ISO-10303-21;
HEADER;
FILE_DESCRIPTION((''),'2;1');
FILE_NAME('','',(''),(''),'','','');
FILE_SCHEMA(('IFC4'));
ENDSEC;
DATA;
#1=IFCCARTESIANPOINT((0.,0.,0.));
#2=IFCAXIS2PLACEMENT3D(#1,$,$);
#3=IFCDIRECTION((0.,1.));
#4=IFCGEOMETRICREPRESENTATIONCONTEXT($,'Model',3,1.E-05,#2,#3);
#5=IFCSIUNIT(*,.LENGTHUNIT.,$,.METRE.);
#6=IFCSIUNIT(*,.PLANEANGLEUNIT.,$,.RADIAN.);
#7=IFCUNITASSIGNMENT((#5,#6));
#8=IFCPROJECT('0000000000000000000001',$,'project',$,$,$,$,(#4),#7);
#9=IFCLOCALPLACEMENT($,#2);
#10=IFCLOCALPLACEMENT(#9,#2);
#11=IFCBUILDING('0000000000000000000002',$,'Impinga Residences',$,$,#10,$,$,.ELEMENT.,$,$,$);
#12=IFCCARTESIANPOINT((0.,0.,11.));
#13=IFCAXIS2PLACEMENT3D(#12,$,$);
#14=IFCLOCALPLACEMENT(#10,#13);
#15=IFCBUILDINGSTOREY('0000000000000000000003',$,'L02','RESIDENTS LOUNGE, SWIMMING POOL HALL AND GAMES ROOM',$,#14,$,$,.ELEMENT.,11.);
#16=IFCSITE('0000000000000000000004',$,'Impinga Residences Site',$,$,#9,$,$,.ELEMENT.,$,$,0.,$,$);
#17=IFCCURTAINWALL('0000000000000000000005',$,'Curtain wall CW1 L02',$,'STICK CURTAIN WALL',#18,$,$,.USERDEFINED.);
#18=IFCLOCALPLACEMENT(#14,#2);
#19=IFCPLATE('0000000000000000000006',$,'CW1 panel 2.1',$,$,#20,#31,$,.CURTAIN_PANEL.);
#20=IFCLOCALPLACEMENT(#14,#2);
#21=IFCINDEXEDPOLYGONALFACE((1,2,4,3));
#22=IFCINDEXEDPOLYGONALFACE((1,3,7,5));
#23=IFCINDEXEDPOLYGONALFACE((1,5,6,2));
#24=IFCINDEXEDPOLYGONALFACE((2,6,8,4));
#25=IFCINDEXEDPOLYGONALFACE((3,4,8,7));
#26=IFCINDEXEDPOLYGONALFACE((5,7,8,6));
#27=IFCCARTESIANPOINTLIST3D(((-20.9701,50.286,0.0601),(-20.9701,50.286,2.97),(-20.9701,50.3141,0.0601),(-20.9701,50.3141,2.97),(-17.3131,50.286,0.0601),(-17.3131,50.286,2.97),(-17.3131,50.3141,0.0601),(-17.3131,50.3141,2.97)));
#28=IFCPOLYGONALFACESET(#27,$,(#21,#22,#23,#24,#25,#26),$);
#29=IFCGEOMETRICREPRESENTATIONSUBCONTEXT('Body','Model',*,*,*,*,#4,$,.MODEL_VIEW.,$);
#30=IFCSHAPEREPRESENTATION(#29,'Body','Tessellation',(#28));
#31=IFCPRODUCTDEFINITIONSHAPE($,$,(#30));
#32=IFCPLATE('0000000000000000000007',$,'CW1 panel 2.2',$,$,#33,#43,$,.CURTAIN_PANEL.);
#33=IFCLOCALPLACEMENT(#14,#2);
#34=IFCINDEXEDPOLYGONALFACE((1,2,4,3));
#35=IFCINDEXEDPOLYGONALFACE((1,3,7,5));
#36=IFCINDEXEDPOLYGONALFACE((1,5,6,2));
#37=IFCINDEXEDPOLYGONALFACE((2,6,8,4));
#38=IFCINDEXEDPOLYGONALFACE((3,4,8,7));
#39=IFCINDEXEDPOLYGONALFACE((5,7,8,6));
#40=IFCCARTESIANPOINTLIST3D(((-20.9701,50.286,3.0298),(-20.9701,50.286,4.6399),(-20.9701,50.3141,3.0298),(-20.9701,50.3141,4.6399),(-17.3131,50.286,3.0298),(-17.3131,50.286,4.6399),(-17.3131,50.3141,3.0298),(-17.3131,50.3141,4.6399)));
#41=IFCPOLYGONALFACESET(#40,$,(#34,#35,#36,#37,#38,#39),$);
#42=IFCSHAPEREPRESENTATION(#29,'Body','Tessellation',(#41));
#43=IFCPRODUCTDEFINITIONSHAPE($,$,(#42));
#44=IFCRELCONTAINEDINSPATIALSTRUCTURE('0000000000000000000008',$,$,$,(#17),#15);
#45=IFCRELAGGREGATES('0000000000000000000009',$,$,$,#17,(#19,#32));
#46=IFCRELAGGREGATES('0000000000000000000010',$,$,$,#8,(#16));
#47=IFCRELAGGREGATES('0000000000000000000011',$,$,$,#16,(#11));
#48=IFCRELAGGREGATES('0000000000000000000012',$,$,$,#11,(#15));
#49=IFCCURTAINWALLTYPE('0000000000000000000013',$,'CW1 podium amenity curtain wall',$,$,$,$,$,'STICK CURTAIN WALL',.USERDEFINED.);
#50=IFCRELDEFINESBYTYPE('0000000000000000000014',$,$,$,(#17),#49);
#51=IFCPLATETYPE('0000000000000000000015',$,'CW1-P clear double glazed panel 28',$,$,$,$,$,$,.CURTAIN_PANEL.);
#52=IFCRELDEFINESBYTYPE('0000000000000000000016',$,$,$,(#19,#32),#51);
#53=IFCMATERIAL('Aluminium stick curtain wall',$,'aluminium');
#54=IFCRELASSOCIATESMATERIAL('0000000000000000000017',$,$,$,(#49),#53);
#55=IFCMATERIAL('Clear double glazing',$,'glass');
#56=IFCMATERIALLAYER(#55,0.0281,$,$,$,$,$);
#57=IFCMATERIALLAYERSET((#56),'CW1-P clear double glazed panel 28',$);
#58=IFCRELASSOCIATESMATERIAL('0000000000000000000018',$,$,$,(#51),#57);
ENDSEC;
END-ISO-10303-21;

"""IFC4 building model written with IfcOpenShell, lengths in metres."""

from ifc_helpers import new_model, si_unit, direction, frame, origin, origin_2d, place, context, subcontext, project, spatial, rectangle, extrude, material, layer, layer_set, type_object, element, aggregate, save


model = new_model("IFC4")

# Units and contexts
model_context = context("Model", 3, precision=1e-05, world=origin(), true_north=direction((0.0, 1.0)))
body_context = subcontext(model_context, "Body", "Model", "MODEL_VIEW")
ifc_project = project(units=[si_unit("LENGTHUNIT", "METRE"), si_unit("PLANEANGLEUNIT", "RADIAN")], contexts=[model_context])

# Site, building, storey
site_placement = place(None, origin())
site = spatial("IfcSite", under=ifc_project, at=site_placement, Name="Impinga Residences Site", CompositionType="ELEMENT", RefElevation=0.0)
building_placement = place(site_placement, origin())
building = spatial("IfcBuilding", under=site, at=building_placement, Name="Impinga Residences", CompositionType="ELEMENT")
storey_placement = place(building_placement, frame((0.0, 0.0, 11.0)))
storey = spatial("IfcBuildingStorey", under=building, at=storey_placement, Name="L02", Description="RESIDENTS LOUNGE, SWIMMING POOL HALL AND GAMES ROOM", CompositionType="ELEMENT", Elevation=11.0)

# Shared definitions
ifc_material_1 = material(Name="Aluminium stick curtain wall", Category="aluminium")
curtain_wall_type = type_object("IfcCurtainWallType", Name="CW1 podium amenity curtain wall", ElementType="STICK CURTAIN WALL", PredefinedType="USERDEFINED", material=ifc_material_1)

# Curtain wall
curtain_wall_1_placement = place(storey_placement, origin())
curtain_wall_1 = element("IfcCurtainWall", 1, at=curtain_wall_1_placement, inside=storey, type_object=curtain_wall_type, Name="Curtain wall CW1 L02", ObjectType="STICK CURTAIN WALL", PredefinedType="USERDEFINED")

# Plates
ifc_material_2 = material(Name="Clear double glazing", Category="glass")
ifc_layer = layer(ifc_material_2, 0.0281)
ifc_layer_set = layer_set([ifc_layer], Name="CW1-P clear double glazed panel 28")
plate_type = type_object("IfcPlateType", Name="CW1-P clear double glazed panel 28", PredefinedType="CURTAIN_PANEL", material=ifc_layer_set)
plate_1_placement = place(storey_placement, frame((-19.1416, 50.3, 0.0601), z_axis=(0.0, 0.0, 1.0), x_axis=(1.0, 0.0, 0.0)))
plate_1 = element("IfcPlate", 2, at=plate_1_placement, type_object=plate_type, Name="CW1 panel 2.1", PredefinedType="CURTAIN_PANEL", context=body_context, shape_type="SweptSolid", body=[
    extrude(rectangle(XDim=3.657, YDim=0.0281, at=origin_2d()), origin(), (0.0, 0.0, 1.0), 2.9099),
])
plate_2_placement = place(storey_placement, frame((-19.1416, 50.3, 3.0298), z_axis=(0.0, 0.0, 1.0), x_axis=(1.0, 0.0, 0.0)))
plate_2 = element("IfcPlate", 3, at=plate_2_placement, type_object=plate_type, Name="CW1 panel 2.2", PredefinedType="CURTAIN_PANEL", context=body_context, shape_type="SweptSolid", body=[
    extrude(rectangle(XDim=3.657, YDim=0.0281, at=origin_2d()), origin(), (0.0, 0.0, 1.0), 1.6101),
])
aggregate(curtain_wall_1, [plate_1, plate_2])

save(model, "model.ifc")
